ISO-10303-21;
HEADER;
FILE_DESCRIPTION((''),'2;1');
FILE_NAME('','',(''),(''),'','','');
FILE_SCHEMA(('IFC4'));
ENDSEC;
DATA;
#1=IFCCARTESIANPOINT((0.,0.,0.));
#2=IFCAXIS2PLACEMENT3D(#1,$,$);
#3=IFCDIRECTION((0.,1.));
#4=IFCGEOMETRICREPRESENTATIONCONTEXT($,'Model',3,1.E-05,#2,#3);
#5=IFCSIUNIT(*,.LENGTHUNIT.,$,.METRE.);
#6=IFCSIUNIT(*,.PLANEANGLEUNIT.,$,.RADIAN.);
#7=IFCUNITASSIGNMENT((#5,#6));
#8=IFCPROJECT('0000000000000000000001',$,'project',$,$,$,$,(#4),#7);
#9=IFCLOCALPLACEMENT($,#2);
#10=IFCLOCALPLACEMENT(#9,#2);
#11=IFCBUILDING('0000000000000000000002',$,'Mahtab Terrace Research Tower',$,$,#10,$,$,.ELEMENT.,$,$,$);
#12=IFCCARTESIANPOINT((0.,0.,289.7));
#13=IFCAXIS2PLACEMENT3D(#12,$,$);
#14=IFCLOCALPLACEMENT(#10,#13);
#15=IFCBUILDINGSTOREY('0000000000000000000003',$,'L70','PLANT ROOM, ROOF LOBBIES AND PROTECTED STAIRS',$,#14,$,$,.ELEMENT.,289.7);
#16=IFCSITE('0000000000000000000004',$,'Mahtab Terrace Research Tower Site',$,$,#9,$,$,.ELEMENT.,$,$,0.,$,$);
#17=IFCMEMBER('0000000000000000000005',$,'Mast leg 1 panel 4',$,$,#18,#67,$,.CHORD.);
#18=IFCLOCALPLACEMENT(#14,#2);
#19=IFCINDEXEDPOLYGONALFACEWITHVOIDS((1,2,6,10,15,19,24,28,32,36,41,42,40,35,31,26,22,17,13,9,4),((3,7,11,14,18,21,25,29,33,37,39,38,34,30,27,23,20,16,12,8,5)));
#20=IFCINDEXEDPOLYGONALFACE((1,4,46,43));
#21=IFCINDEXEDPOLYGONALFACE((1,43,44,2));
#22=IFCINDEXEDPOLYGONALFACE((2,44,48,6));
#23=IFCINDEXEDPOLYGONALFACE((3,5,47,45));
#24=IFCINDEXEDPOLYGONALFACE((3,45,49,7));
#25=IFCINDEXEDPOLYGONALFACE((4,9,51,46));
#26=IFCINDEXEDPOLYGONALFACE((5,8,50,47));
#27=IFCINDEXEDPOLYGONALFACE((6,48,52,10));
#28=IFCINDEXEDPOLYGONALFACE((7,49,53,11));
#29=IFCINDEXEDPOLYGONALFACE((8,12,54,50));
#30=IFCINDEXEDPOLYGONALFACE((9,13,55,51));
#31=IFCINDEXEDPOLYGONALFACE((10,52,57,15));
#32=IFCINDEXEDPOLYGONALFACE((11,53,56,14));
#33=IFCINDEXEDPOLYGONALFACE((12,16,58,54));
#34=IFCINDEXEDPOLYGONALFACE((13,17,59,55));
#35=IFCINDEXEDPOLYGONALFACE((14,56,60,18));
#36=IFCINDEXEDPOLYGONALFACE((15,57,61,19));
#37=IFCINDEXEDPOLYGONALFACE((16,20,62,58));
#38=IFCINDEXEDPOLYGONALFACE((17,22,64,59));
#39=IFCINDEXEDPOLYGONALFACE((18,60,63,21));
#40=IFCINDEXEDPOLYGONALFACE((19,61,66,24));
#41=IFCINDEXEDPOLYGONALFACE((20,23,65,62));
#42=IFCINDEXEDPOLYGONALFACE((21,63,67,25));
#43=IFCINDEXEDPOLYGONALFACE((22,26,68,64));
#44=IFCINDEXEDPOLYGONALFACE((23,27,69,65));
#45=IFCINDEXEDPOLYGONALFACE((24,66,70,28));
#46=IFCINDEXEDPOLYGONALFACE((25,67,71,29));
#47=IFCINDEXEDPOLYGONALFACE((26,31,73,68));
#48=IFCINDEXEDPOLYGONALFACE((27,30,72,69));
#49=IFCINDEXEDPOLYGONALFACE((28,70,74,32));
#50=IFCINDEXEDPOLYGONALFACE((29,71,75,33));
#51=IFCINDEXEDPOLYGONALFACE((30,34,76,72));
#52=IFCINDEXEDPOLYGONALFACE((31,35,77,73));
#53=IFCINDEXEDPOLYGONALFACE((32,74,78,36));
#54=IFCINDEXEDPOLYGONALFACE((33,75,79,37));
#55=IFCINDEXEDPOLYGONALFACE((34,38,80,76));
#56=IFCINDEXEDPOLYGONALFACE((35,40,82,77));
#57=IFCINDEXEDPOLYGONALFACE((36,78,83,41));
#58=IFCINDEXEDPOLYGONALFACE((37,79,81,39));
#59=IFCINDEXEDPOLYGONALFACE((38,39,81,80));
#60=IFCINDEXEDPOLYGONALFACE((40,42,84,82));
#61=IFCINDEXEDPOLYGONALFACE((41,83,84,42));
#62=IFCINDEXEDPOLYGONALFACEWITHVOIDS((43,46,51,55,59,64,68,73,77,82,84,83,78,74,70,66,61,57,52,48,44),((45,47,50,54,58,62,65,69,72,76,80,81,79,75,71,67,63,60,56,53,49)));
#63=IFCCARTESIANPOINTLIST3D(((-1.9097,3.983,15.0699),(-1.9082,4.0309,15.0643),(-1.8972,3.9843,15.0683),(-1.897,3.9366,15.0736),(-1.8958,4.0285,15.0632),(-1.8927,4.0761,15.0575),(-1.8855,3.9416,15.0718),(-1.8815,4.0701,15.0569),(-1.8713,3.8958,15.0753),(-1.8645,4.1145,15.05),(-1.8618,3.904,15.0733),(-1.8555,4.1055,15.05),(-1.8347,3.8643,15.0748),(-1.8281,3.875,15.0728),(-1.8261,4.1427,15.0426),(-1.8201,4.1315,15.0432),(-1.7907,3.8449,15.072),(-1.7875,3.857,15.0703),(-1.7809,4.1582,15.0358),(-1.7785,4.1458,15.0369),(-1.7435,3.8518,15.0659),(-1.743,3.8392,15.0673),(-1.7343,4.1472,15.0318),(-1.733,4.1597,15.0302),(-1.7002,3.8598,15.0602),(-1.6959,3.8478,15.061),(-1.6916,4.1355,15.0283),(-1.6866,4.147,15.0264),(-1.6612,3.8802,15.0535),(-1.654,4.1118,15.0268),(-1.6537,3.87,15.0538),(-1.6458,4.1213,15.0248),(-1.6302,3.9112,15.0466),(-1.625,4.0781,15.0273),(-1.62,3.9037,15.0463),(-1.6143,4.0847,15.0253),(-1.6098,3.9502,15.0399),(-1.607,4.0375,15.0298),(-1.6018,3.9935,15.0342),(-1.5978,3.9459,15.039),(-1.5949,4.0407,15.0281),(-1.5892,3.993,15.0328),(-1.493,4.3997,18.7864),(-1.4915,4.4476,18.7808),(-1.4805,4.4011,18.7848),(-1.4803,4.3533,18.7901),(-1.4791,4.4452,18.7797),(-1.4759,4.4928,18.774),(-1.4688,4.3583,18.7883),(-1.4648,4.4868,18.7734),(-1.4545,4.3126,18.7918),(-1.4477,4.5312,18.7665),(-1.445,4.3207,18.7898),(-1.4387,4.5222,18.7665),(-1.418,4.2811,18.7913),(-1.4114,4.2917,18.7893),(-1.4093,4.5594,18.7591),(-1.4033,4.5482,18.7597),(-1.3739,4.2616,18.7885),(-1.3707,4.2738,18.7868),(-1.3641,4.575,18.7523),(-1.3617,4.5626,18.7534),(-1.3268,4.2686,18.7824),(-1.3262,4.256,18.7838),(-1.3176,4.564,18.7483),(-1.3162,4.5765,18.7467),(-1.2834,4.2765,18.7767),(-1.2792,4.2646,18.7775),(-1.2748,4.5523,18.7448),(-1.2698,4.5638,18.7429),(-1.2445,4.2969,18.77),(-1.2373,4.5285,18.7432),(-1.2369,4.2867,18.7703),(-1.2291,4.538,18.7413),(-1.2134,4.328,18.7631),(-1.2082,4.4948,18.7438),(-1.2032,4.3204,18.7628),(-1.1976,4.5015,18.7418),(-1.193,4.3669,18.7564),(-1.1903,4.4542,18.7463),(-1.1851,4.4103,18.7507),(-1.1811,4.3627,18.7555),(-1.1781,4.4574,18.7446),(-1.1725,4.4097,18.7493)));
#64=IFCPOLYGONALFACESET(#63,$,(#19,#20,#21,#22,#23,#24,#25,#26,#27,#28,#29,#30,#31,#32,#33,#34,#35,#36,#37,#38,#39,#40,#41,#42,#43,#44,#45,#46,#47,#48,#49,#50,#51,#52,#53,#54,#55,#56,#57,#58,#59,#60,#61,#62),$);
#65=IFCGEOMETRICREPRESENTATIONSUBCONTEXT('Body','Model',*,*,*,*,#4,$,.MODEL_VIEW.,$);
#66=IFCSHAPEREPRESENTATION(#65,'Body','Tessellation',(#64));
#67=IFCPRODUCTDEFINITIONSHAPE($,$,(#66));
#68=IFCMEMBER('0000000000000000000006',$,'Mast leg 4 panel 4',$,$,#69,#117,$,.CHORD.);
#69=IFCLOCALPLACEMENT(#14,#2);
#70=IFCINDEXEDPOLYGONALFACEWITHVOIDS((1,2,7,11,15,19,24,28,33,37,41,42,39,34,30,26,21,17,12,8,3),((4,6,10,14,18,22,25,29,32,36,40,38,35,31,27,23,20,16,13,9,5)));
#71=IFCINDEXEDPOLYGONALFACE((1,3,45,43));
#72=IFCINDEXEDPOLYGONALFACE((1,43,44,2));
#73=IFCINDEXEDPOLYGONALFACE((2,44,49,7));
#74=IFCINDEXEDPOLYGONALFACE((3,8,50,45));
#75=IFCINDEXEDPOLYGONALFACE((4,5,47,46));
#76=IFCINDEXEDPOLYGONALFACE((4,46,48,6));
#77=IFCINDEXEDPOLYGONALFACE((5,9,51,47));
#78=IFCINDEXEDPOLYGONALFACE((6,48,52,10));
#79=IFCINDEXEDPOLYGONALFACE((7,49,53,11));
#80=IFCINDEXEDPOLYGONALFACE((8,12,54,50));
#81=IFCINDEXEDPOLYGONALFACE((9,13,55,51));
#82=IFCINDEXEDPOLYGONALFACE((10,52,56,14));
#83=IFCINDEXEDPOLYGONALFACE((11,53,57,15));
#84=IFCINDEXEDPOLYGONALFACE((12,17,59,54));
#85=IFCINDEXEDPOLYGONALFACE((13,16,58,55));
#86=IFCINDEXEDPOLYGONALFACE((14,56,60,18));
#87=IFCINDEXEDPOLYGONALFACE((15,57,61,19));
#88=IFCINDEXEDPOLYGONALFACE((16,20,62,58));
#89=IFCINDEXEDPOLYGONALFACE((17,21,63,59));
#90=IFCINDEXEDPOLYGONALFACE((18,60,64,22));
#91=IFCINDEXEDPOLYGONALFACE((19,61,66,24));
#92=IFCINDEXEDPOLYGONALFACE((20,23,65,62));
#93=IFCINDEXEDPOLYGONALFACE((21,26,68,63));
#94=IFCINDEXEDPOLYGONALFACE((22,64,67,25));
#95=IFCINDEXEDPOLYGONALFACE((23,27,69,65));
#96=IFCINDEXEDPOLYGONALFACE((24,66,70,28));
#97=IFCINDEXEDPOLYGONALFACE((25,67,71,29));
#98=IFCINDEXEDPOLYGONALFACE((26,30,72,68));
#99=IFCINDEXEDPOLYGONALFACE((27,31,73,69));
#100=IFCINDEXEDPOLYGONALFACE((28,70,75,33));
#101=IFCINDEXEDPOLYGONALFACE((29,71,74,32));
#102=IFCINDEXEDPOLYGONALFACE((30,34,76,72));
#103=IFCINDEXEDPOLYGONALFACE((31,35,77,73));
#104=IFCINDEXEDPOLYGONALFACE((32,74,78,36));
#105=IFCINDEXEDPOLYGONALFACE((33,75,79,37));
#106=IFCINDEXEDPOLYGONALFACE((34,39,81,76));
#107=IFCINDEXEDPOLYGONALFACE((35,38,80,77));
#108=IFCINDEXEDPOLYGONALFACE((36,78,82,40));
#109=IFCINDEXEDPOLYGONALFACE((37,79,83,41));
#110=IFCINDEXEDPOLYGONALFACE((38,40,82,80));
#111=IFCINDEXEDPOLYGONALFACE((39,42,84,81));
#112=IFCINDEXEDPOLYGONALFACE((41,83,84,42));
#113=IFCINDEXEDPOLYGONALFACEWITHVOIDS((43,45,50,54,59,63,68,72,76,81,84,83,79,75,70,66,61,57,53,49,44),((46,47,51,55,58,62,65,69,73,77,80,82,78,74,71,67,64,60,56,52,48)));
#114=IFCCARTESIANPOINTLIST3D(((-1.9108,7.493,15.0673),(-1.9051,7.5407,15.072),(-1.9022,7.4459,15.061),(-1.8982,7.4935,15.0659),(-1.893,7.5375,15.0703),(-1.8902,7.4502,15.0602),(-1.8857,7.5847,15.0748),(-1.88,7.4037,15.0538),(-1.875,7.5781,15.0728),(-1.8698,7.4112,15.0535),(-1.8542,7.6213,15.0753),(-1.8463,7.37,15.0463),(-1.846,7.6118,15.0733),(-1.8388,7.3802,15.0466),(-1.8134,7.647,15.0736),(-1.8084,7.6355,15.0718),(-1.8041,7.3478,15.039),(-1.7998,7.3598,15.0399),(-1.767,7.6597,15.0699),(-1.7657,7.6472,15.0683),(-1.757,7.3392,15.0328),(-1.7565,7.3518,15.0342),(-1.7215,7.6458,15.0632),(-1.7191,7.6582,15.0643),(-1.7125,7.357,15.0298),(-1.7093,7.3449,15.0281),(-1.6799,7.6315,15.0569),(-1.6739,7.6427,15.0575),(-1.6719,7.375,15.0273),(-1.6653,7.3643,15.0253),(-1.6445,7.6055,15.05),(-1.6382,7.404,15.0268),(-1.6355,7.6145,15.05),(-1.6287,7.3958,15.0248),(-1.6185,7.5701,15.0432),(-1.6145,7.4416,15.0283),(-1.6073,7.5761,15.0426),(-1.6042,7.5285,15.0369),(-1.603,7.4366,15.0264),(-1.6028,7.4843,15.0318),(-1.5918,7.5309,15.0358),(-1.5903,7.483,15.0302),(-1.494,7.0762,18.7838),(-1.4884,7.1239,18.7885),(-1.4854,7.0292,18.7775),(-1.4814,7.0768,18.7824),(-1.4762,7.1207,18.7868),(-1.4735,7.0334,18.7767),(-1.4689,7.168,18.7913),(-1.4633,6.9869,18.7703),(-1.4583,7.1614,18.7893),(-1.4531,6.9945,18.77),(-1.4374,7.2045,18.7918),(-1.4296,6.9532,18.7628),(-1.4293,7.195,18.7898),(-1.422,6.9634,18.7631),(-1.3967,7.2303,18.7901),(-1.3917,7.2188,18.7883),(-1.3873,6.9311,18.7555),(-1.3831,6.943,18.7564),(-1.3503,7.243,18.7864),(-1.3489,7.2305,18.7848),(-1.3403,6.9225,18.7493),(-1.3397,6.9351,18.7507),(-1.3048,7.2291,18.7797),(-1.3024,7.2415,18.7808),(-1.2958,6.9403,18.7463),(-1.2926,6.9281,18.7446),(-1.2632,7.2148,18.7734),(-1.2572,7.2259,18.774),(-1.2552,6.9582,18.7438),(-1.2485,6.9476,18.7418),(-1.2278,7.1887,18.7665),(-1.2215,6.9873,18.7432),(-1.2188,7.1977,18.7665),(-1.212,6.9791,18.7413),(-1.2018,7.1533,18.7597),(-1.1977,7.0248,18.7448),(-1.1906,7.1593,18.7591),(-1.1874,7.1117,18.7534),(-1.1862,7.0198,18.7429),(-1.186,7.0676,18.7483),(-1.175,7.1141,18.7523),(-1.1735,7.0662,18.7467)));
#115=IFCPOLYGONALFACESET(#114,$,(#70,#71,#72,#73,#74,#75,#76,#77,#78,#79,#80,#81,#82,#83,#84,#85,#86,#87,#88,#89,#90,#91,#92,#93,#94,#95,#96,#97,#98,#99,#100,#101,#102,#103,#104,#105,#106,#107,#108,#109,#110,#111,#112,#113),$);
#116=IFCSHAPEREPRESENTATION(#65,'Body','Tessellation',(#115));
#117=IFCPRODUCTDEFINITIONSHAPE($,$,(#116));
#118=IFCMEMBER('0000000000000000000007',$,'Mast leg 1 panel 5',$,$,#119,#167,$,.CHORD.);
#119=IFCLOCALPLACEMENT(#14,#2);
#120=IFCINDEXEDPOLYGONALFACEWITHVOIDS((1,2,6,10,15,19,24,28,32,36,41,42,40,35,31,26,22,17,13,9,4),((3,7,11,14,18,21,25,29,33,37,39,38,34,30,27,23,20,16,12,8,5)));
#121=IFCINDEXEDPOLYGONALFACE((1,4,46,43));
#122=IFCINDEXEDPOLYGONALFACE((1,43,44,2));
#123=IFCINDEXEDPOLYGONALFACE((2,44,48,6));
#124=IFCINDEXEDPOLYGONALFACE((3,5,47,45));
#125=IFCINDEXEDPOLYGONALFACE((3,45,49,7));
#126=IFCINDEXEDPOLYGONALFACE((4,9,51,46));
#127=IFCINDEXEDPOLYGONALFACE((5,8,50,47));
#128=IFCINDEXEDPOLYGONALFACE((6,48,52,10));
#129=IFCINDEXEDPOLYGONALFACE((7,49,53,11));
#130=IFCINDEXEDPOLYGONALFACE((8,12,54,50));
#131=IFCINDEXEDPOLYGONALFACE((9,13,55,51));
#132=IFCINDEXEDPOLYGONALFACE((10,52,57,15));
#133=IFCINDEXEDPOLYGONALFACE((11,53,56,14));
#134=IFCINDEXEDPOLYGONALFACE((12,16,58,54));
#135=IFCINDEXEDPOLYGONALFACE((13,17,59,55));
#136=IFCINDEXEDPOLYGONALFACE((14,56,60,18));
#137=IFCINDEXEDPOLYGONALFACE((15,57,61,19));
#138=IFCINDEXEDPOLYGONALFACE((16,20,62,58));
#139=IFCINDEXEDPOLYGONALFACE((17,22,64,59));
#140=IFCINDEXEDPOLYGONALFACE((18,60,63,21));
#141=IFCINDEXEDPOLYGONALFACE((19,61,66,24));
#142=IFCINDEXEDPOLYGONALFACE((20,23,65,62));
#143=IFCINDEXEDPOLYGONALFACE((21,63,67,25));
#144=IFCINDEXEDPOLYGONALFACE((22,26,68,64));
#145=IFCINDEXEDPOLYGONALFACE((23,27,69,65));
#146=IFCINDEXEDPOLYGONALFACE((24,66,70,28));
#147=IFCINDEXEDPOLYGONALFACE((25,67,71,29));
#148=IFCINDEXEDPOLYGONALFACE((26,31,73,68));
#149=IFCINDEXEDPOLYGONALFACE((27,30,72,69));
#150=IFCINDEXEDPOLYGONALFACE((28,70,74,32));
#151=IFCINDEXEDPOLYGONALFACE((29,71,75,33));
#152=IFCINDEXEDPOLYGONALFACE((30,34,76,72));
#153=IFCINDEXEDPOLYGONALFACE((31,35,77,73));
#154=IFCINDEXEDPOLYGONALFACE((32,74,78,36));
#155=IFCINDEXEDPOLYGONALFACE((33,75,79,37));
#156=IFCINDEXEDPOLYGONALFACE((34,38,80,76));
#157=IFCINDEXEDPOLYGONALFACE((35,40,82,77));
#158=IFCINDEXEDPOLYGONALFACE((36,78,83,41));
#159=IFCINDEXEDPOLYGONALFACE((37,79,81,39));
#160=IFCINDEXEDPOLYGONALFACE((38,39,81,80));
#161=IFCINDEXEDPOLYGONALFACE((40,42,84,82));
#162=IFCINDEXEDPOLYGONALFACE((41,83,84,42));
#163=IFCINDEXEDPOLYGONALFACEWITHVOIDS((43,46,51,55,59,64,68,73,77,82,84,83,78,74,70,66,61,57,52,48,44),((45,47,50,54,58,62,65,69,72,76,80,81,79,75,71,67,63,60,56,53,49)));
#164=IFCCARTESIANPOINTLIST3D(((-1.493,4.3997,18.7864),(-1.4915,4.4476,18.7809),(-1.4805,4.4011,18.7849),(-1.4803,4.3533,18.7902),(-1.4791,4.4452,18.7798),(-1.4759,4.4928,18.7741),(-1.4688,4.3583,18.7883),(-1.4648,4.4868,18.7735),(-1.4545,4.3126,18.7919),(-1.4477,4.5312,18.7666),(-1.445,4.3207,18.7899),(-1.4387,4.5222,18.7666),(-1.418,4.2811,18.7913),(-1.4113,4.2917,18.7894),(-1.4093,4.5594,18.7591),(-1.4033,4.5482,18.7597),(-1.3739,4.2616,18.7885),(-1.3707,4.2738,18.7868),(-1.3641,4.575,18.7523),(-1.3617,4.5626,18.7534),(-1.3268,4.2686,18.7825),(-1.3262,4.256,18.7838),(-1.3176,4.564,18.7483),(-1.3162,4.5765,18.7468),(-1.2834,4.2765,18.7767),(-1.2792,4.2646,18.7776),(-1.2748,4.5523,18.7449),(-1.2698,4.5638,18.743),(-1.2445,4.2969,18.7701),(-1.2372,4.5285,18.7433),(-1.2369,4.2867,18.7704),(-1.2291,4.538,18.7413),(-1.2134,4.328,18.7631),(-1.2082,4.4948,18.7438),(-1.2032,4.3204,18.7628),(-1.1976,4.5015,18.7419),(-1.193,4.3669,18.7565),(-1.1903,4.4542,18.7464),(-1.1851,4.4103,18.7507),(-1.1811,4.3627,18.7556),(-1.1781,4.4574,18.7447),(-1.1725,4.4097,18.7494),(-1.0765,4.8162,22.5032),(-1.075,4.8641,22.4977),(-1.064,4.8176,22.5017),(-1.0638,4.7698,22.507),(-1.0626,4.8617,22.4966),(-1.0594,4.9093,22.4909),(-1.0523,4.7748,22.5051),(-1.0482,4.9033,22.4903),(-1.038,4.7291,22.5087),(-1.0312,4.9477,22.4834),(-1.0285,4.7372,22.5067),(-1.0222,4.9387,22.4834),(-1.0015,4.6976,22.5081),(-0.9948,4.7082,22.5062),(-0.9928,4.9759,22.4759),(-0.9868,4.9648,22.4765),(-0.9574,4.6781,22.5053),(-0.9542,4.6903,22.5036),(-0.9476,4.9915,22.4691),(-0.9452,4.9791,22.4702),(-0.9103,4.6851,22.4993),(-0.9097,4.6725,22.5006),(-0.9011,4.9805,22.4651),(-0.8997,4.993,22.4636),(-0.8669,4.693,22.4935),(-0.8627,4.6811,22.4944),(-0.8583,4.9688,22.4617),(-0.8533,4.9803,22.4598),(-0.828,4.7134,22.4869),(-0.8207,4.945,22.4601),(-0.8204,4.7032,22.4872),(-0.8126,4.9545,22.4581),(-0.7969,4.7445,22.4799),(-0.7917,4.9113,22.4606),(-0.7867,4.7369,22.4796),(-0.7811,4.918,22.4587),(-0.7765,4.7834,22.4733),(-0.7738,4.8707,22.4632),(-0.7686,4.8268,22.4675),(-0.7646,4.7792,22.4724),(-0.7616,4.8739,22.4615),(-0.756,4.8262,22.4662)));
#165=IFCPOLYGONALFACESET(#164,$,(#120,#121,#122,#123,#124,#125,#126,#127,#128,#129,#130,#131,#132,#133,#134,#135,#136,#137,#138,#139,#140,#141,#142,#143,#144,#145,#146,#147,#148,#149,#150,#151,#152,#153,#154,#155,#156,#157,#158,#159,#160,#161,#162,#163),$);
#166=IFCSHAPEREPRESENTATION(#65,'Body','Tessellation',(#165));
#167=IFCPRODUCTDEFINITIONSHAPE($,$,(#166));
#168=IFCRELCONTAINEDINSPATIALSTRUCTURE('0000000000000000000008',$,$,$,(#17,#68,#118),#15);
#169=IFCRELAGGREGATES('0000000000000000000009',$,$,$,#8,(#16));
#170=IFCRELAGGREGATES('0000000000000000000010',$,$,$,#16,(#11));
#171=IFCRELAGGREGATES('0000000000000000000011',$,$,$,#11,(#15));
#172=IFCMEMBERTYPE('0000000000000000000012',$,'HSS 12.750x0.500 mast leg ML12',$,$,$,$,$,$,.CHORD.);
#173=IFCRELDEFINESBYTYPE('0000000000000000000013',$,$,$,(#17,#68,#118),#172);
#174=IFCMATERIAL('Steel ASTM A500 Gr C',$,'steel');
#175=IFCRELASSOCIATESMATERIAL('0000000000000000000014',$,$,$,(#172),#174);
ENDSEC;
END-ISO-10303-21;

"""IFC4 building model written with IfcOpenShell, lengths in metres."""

from ifc_helpers import new_model, si_unit, direction, frame, origin, origin_2d, place, context, subcontext, project, spatial, hollow_circle, extrude, material, material_profile, profile_set, type_object, element, save


model = new_model("IFC4")

# Units and contexts
model_context = context("Model", 3, precision=1e-05, world=origin(), true_north=direction((0.0, 1.0)))
body_context = subcontext(model_context, "Body", "Model", "MODEL_VIEW")
ifc_project = project(units=[si_unit("LENGTHUNIT", "METRE"), si_unit("PLANEANGLEUNIT", "RADIAN")], contexts=[model_context])

# Site, building, storey
site_placement = place(None, origin())
site = spatial("IfcSite", under=ifc_project, at=site_placement, Name="Mahtab Terrace Research Tower Site", CompositionType="ELEMENT", RefElevation=0.0)
building_placement = place(site_placement, origin())
building = spatial("IfcBuilding", under=site, at=building_placement, Name="Mahtab Terrace Research Tower", CompositionType="ELEMENT")
storey_placement = place(building_placement, frame((0.0, 0.0, 289.7)))
storey = spatial("IfcBuildingStorey", under=building, at=storey_placement, Name="L70", Description="PLANT ROOM, ROOF LOBBIES AND PROTECTED STAIRS", CompositionType="ELEMENT", Elevation=289.7)

# Members
ifc_material_1 = material(Name="Steel ASTM A500 Gr C", Category="steel")
ifc_material_profile_1 = material_profile(ifc_material_1, hollow_circle(Radius=0.1619, WallThickness=0.0127, at=origin_2d()), Name="HSS12.750X0.500")
ifc_profile_set_1 = profile_set([ifc_material_profile_1], Name="Steel ASTM A500 Gr C")
member_type_1 = type_object("IfcMemberType", Name="HSS 12.750x0.500 mast leg ML12", PredefinedType="CHORD", material=ifc_profile_set_1)
for number, where, z_axis, x_axis, name in (
    (1, (-1.75, 4.0, 15.05), (0.110749, 0.110749, 0.987658), (-0.707107, 0.707107, 0.0), "Mast leg 1 panel 4"),
    (2, (-1.75, 7.5, 15.05), (0.110749, -0.110749, 0.987658), (0.707107, 0.707107, 0.0), "Mast leg 4 panel 4"),
):
    element("IfcMember", number, at=place(storey_placement, frame(where, z_axis=z_axis, x_axis=x_axis)), inside=storey, type_object=member_type_1, Name=name, PredefinedType="CHORD", context=body_context, shape_type="SweptSolid", body=[
        extrude(hollow_circle(Radius=0.1619, WallThickness=0.0127, at=origin_2d()), origin(), (0.0, 0.0, 1.0), 3.7629),
    ])
for number, where, z_axis, x_axis, name in (
    (3, (-1.3333, 4.4167, 18.7666), (0.110679, 0.110679, 0.987674), (-0.707107, 0.707107, 0.0), "Mast leg 1 panel 5"),
):
    element("IfcMember", number, at=place(storey_placement, frame(where, z_axis=z_axis, x_axis=x_axis)), inside=storey, type_object=member_type_1, Name=name, PredefinedType="CHORD", context=body_context, shape_type="SweptSolid", body=[
        extrude(hollow_circle(Radius=0.1619, WallThickness=0.0127, at=origin_2d()), origin(), (0.0, 0.0, 1.0), 3.7632),
    ])

save(model, "model.ifc")
